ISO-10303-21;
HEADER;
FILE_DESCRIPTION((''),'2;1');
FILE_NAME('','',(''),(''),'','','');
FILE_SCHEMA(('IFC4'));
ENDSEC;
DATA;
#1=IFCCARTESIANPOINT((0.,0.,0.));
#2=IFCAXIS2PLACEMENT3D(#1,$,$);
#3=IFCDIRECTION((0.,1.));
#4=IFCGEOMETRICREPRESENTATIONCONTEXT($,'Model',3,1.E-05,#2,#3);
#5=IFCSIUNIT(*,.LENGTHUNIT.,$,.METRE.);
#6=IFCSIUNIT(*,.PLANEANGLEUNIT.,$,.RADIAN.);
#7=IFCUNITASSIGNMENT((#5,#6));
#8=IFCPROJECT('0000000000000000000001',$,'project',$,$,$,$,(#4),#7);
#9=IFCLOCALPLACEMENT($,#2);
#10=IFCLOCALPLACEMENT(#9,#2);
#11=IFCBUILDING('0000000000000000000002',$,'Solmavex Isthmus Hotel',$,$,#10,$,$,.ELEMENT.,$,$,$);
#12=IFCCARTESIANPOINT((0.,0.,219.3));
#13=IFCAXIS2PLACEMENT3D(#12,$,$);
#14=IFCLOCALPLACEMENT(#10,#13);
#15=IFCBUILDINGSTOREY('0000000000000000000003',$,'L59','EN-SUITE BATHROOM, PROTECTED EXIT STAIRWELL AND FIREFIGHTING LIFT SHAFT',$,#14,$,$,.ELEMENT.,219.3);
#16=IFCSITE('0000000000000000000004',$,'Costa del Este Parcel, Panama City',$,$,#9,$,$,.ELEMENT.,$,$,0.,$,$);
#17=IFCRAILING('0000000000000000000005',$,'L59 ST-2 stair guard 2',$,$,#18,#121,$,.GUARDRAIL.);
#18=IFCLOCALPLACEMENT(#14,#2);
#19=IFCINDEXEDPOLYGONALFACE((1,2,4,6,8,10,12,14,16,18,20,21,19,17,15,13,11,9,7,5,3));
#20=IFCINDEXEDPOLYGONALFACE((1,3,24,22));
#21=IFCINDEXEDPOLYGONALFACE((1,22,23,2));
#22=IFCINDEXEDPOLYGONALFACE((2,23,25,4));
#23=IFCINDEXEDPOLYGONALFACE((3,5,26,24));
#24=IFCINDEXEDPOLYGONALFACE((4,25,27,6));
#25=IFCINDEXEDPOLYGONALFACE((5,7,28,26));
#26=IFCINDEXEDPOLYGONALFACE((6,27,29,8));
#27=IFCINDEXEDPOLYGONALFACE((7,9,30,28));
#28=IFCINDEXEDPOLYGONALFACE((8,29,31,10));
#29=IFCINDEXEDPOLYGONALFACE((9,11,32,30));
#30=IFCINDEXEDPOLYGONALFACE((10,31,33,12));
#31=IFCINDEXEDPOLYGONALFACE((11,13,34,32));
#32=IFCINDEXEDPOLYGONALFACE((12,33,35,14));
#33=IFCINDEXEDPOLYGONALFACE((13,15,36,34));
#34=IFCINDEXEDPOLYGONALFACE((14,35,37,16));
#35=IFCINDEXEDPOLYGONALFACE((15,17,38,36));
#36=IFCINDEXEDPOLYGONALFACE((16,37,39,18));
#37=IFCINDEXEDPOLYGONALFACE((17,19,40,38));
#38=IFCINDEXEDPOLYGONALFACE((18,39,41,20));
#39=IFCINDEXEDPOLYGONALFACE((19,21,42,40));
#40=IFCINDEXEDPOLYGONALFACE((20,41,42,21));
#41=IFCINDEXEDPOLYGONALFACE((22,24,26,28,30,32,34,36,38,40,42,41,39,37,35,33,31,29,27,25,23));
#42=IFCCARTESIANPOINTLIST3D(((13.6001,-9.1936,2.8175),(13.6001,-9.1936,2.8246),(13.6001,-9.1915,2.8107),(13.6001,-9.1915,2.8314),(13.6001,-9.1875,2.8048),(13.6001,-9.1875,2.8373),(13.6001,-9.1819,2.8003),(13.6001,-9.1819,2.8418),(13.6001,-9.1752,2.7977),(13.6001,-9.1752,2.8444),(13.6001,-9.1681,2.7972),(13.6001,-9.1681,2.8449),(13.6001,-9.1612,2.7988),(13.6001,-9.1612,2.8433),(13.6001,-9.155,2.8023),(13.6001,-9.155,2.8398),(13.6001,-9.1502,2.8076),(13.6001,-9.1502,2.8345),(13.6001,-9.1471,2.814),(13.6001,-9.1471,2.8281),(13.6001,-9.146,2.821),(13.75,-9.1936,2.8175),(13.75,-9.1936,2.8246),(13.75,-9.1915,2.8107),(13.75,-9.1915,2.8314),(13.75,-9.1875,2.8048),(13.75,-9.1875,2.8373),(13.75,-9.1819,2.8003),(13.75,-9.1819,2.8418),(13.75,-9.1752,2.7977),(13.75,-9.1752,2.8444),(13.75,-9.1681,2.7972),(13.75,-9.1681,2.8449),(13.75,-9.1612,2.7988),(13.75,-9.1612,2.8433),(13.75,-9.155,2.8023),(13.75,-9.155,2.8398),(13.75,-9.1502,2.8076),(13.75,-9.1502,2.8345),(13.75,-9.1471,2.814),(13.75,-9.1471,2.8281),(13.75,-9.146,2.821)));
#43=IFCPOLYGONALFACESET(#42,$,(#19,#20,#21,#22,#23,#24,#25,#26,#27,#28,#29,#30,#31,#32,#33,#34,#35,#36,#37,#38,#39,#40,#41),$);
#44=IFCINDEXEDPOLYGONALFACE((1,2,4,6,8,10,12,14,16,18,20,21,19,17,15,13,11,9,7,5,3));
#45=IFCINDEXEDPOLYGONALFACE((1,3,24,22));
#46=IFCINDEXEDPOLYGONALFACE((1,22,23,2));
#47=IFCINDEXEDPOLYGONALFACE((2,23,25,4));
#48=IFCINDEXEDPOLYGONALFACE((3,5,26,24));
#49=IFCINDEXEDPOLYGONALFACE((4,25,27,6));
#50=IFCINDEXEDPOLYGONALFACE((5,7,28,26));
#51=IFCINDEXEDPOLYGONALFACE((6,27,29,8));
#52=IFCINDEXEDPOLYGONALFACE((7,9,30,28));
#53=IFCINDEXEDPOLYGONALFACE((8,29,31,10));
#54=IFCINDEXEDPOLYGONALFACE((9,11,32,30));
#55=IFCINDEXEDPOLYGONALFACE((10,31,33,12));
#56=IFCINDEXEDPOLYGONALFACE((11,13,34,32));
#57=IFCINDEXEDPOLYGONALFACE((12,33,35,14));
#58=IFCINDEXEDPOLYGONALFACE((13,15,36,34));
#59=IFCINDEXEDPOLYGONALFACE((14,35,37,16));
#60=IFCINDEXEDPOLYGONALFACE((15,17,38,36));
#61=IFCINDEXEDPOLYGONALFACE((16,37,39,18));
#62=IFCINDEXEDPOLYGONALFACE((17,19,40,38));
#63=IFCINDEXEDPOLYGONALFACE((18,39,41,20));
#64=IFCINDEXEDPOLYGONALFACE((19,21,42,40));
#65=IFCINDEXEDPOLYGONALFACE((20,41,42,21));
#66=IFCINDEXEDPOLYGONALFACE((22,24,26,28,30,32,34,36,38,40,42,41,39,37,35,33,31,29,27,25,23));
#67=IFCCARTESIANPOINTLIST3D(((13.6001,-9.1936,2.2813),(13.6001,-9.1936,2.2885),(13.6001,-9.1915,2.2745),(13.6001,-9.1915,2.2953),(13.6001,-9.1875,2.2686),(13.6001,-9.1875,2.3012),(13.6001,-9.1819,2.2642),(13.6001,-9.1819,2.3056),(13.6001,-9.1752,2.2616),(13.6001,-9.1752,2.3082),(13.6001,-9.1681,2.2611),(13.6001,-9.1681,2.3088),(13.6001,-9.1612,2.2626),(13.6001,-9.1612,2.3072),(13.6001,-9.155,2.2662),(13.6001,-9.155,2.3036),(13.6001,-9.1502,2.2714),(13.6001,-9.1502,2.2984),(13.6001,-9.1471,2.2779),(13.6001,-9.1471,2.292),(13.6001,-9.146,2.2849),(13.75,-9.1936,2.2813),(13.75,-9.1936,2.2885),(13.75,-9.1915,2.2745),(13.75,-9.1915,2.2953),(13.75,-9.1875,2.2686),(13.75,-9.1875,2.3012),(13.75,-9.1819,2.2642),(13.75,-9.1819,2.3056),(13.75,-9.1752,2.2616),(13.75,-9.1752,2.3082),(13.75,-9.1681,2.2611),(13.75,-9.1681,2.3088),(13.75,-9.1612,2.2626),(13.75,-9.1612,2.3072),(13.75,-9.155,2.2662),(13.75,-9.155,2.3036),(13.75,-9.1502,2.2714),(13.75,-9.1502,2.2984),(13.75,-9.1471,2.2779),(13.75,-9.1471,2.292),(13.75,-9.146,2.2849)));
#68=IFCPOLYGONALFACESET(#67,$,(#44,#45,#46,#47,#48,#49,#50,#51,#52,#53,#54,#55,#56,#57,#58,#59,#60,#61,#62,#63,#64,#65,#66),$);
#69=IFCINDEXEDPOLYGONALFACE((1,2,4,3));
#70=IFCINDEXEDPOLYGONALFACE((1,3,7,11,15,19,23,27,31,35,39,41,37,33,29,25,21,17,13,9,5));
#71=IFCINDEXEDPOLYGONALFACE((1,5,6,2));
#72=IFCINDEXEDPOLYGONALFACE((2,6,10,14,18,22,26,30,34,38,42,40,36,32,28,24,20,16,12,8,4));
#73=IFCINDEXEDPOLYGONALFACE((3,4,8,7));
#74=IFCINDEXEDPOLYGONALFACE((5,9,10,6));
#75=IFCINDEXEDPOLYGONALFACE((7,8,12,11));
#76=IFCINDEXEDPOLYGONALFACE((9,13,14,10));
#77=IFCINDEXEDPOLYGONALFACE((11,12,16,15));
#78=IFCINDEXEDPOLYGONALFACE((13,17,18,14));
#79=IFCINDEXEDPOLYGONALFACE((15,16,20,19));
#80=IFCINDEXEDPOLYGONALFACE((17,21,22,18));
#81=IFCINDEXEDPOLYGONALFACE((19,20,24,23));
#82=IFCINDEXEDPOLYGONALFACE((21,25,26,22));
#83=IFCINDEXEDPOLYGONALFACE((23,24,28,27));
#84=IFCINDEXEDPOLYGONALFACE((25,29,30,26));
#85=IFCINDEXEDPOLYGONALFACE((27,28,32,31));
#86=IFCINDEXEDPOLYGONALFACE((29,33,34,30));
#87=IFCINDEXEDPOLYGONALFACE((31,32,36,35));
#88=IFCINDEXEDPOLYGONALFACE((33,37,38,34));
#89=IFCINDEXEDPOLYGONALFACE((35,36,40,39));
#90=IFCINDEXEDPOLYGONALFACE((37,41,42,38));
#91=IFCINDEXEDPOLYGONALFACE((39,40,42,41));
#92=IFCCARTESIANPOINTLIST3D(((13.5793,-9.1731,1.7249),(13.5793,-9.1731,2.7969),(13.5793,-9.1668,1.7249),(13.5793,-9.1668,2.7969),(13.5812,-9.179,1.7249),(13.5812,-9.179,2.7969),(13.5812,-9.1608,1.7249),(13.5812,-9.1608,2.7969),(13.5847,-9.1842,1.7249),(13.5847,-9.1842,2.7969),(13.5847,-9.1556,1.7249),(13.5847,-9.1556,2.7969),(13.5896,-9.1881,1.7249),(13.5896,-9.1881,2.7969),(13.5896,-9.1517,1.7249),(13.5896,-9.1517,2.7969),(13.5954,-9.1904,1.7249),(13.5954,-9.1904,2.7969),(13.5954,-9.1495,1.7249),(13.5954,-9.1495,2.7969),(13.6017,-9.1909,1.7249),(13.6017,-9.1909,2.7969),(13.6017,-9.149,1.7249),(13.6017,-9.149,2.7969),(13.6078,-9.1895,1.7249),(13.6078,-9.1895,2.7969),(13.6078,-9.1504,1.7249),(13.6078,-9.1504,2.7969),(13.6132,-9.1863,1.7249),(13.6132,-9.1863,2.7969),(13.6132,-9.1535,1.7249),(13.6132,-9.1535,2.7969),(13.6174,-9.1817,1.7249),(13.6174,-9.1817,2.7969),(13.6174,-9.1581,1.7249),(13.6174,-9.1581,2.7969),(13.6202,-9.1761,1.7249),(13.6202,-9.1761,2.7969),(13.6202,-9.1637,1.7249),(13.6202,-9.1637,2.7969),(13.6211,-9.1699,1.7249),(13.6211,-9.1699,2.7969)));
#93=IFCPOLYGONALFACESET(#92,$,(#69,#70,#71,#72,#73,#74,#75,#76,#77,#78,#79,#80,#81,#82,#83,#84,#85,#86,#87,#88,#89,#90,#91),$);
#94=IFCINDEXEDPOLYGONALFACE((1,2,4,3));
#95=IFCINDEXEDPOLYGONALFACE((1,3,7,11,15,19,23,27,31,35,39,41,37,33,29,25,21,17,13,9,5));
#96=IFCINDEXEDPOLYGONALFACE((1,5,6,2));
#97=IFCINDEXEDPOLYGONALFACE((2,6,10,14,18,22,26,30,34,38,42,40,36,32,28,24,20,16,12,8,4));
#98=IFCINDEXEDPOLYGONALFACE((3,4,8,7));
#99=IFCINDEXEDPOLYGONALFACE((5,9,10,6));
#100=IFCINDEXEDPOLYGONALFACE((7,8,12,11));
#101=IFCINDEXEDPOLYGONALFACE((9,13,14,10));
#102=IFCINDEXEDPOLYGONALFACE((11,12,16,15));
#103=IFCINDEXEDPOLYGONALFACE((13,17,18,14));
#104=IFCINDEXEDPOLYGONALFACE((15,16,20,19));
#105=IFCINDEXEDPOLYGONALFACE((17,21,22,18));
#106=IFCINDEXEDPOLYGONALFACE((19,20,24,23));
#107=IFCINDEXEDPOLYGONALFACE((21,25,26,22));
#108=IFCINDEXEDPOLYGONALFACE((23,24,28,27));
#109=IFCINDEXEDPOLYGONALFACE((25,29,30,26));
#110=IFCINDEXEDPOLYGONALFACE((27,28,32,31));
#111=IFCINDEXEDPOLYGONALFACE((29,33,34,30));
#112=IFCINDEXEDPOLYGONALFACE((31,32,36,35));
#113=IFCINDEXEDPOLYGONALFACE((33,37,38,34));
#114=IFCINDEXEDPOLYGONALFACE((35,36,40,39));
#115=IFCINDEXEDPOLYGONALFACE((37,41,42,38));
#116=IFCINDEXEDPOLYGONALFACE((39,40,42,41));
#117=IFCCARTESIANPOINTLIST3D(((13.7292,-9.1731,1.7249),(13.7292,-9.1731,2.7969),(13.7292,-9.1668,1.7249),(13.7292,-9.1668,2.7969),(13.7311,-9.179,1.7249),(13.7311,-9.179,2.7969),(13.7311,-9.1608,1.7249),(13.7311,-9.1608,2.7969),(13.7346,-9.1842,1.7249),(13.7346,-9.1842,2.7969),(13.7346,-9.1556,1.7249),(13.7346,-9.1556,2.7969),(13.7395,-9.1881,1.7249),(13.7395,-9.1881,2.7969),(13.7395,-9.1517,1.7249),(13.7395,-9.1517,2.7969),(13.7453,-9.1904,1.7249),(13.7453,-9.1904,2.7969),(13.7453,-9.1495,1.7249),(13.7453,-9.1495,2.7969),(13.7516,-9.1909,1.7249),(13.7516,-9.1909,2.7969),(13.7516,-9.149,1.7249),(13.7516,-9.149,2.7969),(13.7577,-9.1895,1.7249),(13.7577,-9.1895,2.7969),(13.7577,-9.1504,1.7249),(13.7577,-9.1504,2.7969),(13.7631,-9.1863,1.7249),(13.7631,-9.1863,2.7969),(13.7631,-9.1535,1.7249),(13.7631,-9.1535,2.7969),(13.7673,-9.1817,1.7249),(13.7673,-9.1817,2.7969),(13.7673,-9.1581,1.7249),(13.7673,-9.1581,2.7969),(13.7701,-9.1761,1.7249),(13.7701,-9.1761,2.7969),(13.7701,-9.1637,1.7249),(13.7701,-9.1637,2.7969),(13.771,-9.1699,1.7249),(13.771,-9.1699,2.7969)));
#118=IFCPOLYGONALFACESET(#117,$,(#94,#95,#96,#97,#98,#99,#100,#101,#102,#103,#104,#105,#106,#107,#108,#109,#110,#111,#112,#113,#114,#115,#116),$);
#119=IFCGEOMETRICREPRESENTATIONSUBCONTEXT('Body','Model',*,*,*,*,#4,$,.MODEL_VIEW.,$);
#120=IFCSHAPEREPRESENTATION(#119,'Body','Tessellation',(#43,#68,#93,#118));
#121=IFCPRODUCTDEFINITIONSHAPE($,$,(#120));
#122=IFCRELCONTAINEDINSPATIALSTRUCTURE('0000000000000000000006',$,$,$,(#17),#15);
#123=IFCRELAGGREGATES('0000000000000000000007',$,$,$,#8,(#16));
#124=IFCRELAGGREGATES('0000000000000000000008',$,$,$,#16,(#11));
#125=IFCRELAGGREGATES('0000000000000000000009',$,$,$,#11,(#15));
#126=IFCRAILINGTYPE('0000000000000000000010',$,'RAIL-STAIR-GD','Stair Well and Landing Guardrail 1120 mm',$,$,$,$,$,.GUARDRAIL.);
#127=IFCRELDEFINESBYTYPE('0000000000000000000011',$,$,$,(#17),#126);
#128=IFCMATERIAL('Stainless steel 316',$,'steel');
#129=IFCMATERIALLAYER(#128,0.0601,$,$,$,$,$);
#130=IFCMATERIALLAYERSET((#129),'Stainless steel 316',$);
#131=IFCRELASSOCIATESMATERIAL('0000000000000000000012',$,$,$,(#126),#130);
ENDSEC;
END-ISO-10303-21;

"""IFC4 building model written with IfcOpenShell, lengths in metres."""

from ifc_helpers import new_model, si_unit, direction, frame, origin, origin_2d, place, context, subcontext, project, spatial, circle, extrude, material, layer, layer_set, type_object, element, save


model = new_model("IFC4")

# Units and contexts
model_context = context("Model", 3, precision=1e-05, world=origin(), true_north=direction((0.0, 1.0)))
body_context = subcontext(model_context, "Body", "Model", "MODEL_VIEW")
ifc_project = project(units=[si_unit("LENGTHUNIT", "METRE"), si_unit("PLANEANGLEUNIT", "RADIAN")], contexts=[model_context])

# Site, building, storey
site_placement = place(None, origin())
site = spatial("IfcSite", under=ifc_project, at=site_placement, Name="Costa del Este Parcel, Panama City", CompositionType="ELEMENT", RefElevation=0.0)
building_placement = place(site_placement, origin())
building = spatial("IfcBuilding", under=site, at=building_placement, Name="Solmavex Isthmus Hotel", CompositionType="ELEMENT")
storey_placement = place(building_placement, frame((0.0, 0.0, 219.3)))
storey = spatial("IfcBuildingStorey", under=building, at=storey_placement, Name="L59", Description="EN-SUITE BATHROOM, PROTECTED EXIT STAIRWELL AND FIREFIGHTING LIFT SHAFT", CompositionType="ELEMENT", Elevation=219.3)

# Railing
ifc_material_1 = material(Name="Stainless steel 316", Category="steel")
ifc_layer_1 = layer(ifc_material_1, 0.0601)
ifc_layer_set_1 = layer_set([ifc_layer_1], Name="Stainless steel 316")
railing_type_1 = type_object("IfcRailingType", Name="RAIL-STAIR-GD", Description="Stair Well and Landing Guardrail 1120 mm", PredefinedType="GUARDRAIL", material=ifc_layer_set_1)
railing_1_placement = place(storey_placement, frame((13.6001, -9.1699, 1.7249)))
element("IfcRailing", 1, at=railing_1_placement, inside=storey, type_object=railing_type_1, Name="L59 ST-2 stair guard 2", PredefinedType="GUARDRAIL", context=body_context, shape_type="SweptSolid", body=[
    extrude(circle(Radius=0.0239, at=origin_2d()), frame((0.0, 0.0, 1.0962), z_axis=(1.0, 0.0, 0.0), x_axis=(0.0, 1.0, 0.0)), (0.0, 0.0, 1.0), 0.1499),
    extrude(circle(Radius=0.0239, at=origin_2d()), frame((0.0, 0.0, 0.5601), z_axis=(1.0, 0.0, 0.0), x_axis=(0.0, 1.0, 0.0)), (0.0, 0.0, 1.0), 0.1499),
    extrude(circle(Radius=0.021, at=origin_2d()), origin(), (0.0, 0.0, 1.0), 1.072),
    extrude(circle(Radius=0.021, at=origin_2d()), frame((0.1499, 0.0, 0.0)), (0.0, 0.0, 1.0), 1.072),
])

save(model, "model.ifc")
